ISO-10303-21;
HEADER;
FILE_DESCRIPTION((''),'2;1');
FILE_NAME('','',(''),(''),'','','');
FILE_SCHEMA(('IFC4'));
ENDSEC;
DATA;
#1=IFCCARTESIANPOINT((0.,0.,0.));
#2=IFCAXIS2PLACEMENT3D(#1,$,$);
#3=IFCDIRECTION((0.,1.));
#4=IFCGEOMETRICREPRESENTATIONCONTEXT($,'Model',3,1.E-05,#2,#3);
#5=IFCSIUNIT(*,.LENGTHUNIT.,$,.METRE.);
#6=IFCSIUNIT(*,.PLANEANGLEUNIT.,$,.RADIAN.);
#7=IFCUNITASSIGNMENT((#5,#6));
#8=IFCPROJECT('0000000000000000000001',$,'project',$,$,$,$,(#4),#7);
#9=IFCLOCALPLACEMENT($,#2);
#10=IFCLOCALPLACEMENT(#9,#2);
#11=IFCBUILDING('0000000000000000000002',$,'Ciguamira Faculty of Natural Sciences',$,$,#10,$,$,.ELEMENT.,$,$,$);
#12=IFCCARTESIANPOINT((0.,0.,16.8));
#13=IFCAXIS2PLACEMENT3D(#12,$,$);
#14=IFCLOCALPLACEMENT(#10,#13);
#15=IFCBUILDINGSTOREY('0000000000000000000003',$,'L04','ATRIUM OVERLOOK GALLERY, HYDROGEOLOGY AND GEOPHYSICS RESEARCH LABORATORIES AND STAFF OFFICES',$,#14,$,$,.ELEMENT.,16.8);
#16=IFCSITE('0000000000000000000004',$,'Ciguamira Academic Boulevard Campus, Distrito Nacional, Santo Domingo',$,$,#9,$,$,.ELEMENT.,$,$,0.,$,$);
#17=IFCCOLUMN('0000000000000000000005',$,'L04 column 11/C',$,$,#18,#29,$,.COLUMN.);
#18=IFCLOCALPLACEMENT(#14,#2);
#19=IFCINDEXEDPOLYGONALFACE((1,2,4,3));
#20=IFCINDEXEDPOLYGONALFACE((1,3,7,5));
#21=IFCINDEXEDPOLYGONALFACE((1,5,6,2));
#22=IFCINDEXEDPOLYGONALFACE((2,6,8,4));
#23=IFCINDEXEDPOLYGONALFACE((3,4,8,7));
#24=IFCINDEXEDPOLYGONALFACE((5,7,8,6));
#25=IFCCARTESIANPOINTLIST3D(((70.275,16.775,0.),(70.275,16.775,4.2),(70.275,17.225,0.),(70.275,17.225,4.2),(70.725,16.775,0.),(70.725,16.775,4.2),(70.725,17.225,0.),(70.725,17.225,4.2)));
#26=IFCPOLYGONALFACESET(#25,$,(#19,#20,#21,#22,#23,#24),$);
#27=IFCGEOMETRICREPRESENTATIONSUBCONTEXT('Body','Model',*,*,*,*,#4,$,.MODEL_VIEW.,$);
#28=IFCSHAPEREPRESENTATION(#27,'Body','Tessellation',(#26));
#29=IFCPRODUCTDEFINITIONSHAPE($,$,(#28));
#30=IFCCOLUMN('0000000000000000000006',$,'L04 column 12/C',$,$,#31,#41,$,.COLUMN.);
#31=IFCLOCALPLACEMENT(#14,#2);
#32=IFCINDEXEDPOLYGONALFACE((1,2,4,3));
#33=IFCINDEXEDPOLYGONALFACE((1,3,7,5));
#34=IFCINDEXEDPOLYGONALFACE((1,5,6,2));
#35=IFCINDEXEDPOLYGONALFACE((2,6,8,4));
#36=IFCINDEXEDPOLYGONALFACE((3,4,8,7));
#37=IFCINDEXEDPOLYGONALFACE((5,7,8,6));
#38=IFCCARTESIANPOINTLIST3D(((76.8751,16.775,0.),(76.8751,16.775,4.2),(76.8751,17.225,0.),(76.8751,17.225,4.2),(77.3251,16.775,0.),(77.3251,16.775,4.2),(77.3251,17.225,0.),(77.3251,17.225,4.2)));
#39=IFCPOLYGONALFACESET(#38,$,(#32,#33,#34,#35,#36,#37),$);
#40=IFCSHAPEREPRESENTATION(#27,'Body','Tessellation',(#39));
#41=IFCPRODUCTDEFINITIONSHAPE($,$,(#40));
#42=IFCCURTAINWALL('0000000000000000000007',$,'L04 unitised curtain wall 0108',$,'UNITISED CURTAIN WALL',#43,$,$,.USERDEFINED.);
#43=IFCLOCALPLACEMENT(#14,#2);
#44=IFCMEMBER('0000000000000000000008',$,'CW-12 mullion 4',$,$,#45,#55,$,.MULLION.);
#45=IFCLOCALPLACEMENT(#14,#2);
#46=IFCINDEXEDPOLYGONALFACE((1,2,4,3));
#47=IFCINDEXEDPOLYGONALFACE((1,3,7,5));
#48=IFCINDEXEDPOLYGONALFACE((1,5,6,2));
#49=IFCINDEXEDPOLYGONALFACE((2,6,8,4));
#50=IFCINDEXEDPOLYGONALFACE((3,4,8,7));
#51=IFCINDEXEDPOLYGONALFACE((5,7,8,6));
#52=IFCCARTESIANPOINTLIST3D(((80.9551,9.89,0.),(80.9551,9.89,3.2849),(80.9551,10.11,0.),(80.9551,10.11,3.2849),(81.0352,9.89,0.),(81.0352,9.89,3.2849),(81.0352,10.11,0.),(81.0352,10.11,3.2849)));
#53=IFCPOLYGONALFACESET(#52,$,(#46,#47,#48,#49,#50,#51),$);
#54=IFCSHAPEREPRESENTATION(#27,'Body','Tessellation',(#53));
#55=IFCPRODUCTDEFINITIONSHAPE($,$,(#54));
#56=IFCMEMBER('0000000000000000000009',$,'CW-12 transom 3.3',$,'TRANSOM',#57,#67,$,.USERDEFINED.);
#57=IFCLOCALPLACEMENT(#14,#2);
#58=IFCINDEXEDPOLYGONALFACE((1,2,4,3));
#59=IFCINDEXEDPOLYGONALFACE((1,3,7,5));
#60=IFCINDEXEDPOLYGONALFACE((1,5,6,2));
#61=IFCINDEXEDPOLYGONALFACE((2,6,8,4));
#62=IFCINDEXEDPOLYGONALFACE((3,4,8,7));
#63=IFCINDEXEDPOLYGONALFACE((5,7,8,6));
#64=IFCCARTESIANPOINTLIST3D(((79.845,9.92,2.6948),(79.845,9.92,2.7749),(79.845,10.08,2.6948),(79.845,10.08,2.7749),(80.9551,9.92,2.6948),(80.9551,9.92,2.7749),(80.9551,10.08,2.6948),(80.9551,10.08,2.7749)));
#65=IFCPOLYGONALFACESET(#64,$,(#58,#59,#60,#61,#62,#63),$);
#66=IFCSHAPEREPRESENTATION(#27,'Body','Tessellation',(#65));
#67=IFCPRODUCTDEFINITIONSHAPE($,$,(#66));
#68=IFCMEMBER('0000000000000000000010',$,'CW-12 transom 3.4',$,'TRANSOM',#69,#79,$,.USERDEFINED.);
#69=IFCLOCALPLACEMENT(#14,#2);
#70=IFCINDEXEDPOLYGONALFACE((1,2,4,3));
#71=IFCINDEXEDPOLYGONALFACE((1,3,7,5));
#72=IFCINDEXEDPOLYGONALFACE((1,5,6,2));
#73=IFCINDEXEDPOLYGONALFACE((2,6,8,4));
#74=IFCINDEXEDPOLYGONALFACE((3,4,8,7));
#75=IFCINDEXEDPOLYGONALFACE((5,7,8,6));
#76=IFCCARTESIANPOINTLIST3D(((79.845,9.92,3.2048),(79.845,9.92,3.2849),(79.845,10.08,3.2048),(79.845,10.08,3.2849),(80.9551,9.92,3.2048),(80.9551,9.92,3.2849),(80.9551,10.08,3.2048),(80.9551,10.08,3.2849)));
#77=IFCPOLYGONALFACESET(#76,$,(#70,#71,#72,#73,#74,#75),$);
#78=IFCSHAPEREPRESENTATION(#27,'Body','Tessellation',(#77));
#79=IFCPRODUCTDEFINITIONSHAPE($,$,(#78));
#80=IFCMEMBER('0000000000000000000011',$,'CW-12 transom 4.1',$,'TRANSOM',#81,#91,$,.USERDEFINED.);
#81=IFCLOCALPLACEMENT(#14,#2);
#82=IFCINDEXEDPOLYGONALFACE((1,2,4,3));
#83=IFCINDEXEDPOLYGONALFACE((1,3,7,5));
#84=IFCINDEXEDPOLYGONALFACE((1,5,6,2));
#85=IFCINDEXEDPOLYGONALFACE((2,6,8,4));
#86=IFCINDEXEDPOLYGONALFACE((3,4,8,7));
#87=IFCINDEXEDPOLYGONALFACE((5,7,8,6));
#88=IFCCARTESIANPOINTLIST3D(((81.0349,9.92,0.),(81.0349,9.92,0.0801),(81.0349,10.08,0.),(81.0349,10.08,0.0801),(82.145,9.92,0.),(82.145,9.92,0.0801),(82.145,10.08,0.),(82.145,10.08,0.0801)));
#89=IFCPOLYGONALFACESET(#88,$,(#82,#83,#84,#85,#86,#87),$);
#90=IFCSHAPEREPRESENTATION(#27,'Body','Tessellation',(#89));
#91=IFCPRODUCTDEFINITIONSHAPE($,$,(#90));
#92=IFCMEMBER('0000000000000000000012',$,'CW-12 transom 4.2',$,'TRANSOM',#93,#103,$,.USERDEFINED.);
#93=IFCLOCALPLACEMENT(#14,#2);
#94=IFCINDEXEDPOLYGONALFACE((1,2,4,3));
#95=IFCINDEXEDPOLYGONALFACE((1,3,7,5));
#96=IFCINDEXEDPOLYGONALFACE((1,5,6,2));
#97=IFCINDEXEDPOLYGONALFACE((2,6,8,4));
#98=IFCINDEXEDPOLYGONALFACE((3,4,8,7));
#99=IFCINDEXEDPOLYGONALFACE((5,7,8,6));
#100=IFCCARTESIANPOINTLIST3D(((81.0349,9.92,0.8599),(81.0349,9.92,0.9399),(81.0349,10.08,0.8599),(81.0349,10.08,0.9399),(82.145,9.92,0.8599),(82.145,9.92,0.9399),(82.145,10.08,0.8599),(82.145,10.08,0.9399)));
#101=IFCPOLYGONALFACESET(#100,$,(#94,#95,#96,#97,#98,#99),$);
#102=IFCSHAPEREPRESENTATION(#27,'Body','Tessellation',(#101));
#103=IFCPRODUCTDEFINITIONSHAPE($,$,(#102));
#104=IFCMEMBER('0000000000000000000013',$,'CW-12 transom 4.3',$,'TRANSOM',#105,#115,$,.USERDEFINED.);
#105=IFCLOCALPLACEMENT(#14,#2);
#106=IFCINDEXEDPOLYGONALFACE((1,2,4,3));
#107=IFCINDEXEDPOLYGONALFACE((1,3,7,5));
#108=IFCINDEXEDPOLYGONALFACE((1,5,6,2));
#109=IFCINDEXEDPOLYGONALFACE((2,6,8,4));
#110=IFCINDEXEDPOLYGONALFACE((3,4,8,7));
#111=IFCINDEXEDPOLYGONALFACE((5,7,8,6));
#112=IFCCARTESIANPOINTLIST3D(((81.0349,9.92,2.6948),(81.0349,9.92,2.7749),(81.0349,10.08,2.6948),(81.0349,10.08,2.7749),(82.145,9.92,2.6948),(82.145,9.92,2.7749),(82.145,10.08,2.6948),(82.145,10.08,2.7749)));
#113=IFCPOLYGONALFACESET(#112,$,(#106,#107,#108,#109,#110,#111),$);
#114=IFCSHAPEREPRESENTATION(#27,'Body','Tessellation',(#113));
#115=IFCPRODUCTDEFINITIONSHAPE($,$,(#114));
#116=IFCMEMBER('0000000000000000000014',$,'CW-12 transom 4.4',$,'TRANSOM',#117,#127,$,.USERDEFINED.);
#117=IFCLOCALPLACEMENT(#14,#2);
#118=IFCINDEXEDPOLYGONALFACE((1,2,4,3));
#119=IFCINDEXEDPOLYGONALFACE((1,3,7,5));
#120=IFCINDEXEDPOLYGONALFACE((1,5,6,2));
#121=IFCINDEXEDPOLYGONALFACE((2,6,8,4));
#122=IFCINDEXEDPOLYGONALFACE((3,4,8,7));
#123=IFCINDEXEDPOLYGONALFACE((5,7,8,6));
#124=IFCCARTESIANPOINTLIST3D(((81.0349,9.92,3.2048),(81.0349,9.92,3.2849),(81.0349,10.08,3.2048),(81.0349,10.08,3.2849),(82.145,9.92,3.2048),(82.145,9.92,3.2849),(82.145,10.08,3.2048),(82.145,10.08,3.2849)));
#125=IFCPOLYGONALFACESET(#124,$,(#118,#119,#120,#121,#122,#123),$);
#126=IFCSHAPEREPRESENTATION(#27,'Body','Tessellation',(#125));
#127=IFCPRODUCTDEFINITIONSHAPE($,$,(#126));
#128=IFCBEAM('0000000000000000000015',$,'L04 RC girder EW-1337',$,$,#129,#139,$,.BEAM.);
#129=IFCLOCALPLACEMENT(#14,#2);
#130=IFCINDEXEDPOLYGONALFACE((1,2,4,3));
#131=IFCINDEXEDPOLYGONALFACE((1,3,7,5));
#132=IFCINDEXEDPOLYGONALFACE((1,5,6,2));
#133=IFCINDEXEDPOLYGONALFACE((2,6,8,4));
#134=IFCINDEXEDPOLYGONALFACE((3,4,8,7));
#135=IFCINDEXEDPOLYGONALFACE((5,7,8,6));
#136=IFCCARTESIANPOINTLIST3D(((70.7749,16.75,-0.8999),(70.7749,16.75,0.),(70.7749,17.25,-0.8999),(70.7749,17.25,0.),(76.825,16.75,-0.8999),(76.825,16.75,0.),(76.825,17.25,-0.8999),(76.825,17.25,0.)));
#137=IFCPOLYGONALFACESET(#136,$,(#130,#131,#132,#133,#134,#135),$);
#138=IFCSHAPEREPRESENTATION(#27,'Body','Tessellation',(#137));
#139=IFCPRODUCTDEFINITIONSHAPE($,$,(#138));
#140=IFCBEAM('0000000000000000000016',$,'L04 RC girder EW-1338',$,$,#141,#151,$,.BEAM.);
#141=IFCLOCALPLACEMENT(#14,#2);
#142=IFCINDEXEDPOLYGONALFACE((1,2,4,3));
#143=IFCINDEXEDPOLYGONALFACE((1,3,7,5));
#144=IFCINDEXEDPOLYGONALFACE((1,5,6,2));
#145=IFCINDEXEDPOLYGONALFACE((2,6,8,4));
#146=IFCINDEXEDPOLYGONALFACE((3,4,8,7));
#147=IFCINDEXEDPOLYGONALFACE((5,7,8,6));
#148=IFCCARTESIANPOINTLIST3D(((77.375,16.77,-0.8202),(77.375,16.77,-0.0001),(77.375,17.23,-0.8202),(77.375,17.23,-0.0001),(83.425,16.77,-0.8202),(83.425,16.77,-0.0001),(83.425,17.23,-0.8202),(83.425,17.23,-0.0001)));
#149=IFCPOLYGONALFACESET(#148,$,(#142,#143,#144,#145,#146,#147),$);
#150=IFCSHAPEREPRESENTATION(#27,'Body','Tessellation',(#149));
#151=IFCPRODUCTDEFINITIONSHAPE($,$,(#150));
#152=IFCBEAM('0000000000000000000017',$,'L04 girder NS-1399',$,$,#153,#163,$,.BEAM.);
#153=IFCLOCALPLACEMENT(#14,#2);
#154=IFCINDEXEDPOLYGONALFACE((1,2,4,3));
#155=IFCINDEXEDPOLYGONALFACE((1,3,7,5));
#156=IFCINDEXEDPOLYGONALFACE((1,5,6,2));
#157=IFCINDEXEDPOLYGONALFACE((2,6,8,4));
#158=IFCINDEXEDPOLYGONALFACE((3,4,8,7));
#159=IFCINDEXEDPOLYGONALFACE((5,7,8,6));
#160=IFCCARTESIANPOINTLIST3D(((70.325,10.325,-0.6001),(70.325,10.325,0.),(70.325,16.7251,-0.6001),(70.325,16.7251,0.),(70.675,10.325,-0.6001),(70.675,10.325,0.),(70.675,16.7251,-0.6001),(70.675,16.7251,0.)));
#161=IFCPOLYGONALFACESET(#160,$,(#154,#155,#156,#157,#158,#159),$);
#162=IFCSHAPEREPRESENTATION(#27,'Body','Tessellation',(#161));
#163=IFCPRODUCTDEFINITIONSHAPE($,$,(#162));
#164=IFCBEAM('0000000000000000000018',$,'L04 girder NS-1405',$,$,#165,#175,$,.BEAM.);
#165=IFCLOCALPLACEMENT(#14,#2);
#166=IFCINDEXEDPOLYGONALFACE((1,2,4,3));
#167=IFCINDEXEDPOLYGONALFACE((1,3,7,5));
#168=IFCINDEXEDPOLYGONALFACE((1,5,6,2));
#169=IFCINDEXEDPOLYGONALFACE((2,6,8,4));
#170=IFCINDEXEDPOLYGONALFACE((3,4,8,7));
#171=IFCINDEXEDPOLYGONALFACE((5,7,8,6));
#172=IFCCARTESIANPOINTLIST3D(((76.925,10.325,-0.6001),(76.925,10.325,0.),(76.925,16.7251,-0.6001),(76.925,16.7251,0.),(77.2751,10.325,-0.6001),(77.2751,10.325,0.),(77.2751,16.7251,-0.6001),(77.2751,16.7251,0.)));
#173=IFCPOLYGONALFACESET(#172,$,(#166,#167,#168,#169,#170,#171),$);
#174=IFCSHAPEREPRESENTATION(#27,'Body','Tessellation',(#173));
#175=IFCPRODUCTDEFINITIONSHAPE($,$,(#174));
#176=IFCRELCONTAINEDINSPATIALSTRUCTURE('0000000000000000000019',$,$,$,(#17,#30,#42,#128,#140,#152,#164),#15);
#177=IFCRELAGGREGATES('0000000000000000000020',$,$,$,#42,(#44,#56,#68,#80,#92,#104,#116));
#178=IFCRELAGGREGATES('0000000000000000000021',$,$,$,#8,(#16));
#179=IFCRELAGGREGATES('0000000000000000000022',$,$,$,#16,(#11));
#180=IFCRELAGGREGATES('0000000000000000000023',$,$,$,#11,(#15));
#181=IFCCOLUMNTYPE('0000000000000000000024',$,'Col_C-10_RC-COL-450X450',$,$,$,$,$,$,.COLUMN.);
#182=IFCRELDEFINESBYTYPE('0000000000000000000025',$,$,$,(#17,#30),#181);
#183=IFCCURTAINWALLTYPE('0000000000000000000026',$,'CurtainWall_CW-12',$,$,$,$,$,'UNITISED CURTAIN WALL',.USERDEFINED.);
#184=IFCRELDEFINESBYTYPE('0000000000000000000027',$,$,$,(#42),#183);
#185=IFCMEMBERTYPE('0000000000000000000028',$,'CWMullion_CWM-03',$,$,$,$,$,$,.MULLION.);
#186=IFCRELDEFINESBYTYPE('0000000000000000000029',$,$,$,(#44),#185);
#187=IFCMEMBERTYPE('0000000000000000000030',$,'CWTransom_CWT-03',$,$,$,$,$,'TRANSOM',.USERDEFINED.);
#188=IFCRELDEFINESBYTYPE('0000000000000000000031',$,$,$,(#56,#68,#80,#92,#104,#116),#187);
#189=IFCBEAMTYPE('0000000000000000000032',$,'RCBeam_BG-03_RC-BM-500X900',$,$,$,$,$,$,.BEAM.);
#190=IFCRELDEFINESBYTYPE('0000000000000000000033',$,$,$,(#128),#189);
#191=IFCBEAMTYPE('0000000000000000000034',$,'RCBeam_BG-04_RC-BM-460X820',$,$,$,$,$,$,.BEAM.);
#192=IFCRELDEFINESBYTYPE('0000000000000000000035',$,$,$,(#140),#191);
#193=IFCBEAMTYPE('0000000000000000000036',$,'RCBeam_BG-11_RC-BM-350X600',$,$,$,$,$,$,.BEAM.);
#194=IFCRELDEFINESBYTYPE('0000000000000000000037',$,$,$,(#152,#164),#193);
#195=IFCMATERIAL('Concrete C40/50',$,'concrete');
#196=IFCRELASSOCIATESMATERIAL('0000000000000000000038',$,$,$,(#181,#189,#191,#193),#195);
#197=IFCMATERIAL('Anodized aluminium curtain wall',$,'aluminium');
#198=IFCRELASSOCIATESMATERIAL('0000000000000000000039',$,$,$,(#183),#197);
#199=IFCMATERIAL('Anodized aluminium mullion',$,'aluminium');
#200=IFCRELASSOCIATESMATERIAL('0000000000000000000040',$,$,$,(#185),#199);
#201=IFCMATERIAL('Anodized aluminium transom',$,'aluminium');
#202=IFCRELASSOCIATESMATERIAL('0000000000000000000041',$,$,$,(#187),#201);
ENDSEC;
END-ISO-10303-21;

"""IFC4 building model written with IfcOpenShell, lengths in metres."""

from ifc_helpers import new_model, si_unit, direction, frame, origin, origin_2d, place, context, subcontext, project, spatial, rectangle, extrude, material, material_profile, profile_set, type_object, element, aggregate, save


model = new_model("IFC4")

# Units and contexts
model_context = context("Model", 3, precision=1e-05, world=origin(), true_north=direction((0.0, 1.0)))
body_context = subcontext(model_context, "Body", "Model", "MODEL_VIEW")
ifc_project = project(units=[si_unit("LENGTHUNIT", "METRE"), si_unit("PLANEANGLEUNIT", "RADIAN")], contexts=[model_context])

# Site, building, storey
site_placement = place(None, origin())
site = spatial("IfcSite", under=ifc_project, at=site_placement, Name="Ciguamira Academic Boulevard Campus, Distrito Nacional, Santo Domingo", CompositionType="ELEMENT", RefElevation=0.0)
building_placement = place(site_placement, origin())
building = spatial("IfcBuilding", under=site, at=building_placement, Name="Ciguamira Faculty of Natural Sciences", CompositionType="ELEMENT")
storey_placement = place(building_placement, frame((0.0, 0.0, 16.8)))
storey = spatial("IfcBuildingStorey", under=building, at=storey_placement, Name="L04", Description="ATRIUM OVERLOOK GALLERY, HYDROGEOLOGY AND GEOPHYSICS RESEARCH LABORATORIES AND STAFF OFFICES", CompositionType="ELEMENT", Elevation=16.8)

# Columns
ifc_material_1 = material(Name="Concrete C40/50", Category="concrete")
ifc_material_profile_1 = material_profile(ifc_material_1, rectangle(XDim=0.45, YDim=0.45, at=origin_2d()), Name="RC-COL-450X450")
ifc_profile_set_1 = profile_set([ifc_material_profile_1], Name="Concrete C40/50")
column_type = type_object("IfcColumnType", Name="Col_C-10_RC-COL-450X450", PredefinedType="COLUMN", material=ifc_profile_set_1)
for number, where, z_axis, x_axis, name in (
    (1, (70.5, 17.0, 0.0), (0.0, 0.0, 1.0), (1.0, 0.0, 0.0), "L04 column 11/C"),
    (2, (77.1001, 17.0, 0.0), (0.0, 0.0, 1.0), (1.0, 0.0, 0.0), "L04 column 12/C"),
):
    element("IfcColumn", number, at=place(storey_placement, frame(where, z_axis=z_axis, x_axis=x_axis)), inside=storey, type_object=column_type, Name=name, PredefinedType="COLUMN", context=body_context, shape_type="SweptSolid", body=[
        extrude(rectangle(XDim=0.45, YDim=0.45, at=origin_2d()), origin(), (0.0, 0.0, 1.0), 4.2),
    ])

# Curtain wall, members
ifc_material_2 = material(Name="Anodized aluminium curtain wall", Category="aluminium")
curtain_wall_type = type_object("IfcCurtainWallType", Name="CurtainWall_CW-12", ElementType="UNITISED CURTAIN WALL", PredefinedType="USERDEFINED", material=ifc_material_2)
curtain_wall_placement = place(storey_placement, origin())
curtain_wall = element("IfcCurtainWall", 3, at=curtain_wall_placement, inside=storey, type_object=curtain_wall_type, Name="L04 unitised curtain wall 0108", ObjectType="UNITISED CURTAIN WALL", PredefinedType="USERDEFINED")
ifc_material_3 = material(Name="Anodized aluminium mullion", Category="aluminium")
ifc_material_profile_2 = material_profile(ifc_material_3, rectangle(XDim=0.0801, YDim=0.22, at=origin_2d()), Name="ALU-MUL-80X220")
ifc_profile_set_2 = profile_set([ifc_material_profile_2], Name="Anodized aluminium mullion")
member_type_1 = type_object("IfcMemberType", Name="CWMullion_CWM-03", PredefinedType="MULLION", material=ifc_profile_set_2)
member_1_placement = place(storey_placement, frame((80.9951, 10.0, 0.0), z_axis=(0.0, 0.0, 1.0), x_axis=(1.0, 0.0, 0.0)))
member_1 = element("IfcMember", 4, at=member_1_placement, type_object=member_type_1, Name="CW-12 mullion 4", PredefinedType="MULLION", context=body_context, shape_type="SweptSolid", body=[
    extrude(rectangle(XDim=0.0801, YDim=0.22, at=origin_2d()), origin(), (0.0, 0.0, 1.0), 3.2849),
])
ifc_material_4 = material(Name="Anodized aluminium transom", Category="aluminium")
ifc_material_profile_3 = material_profile(ifc_material_4, rectangle(XDim=0.0801, YDim=0.1599, at=origin_2d()), Name="ALU-TRN-80X160")
ifc_profile_set_3 = profile_set([ifc_material_profile_3], Name="Anodized aluminium transom")
member_type_2 = type_object("IfcMemberType", Name="CWTransom_CWT-03", ElementType="TRANSOM", PredefinedType="USERDEFINED", material=ifc_profile_set_3)
member_2_placement = place(storey_placement, frame((79.845, 10.0, 2.7349), z_axis=(1.0, 0.0, 0.0), x_axis=(0.0, 0.0, 1.0)))
member_2 = element("IfcMember", 5, at=member_2_placement, type_object=member_type_2, Name="CW-12 transom 3.3", ObjectType="TRANSOM", PredefinedType="USERDEFINED", context=body_context, shape_type="SweptSolid", body=[
    extrude(rectangle(XDim=0.0801, YDim=0.1599, at=origin_2d()), origin(), (0.0, 0.0, 1.0), 1.1101),
])
member_3_placement = place(storey_placement, frame((79.845, 10.0, 3.2449), z_axis=(1.0, 0.0, 0.0), x_axis=(0.0, 0.0, 1.0)))
member_3 = element("IfcMember", 6, at=member_3_placement, type_object=member_type_2, Name="CW-12 transom 3.4", ObjectType="TRANSOM", PredefinedType="USERDEFINED", context=body_context, shape_type="SweptSolid", body=[
    extrude(rectangle(XDim=0.0801, YDim=0.1599, at=origin_2d()), origin(), (0.0, 0.0, 1.0), 1.1101),
])
member_4_placement = place(storey_placement, frame((81.0349, 10.0, 0.04), z_axis=(1.0, 0.0, 0.0), x_axis=(0.0, 0.0, 1.0)))
member_4 = element("IfcMember", 7, at=member_4_placement, type_object=member_type_2, Name="CW-12 transom 4.1", ObjectType="TRANSOM", PredefinedType="USERDEFINED", context=body_context, shape_type="SweptSolid", body=[
    extrude(rectangle(XDim=0.0801, YDim=0.1599, at=origin_2d()), origin(), (0.0, 0.0, 1.0), 1.1101),
])
member_5_placement = place(storey_placement, frame((81.0349, 10.0, 0.8999), z_axis=(1.0, 0.0, 0.0), x_axis=(0.0, 0.0, 1.0)))
member_5 = element("IfcMember", 8, at=member_5_placement, type_object=member_type_2, Name="CW-12 transom 4.2", ObjectType="TRANSOM", PredefinedType="USERDEFINED", context=body_context, shape_type="SweptSolid", body=[
    extrude(rectangle(XDim=0.0801, YDim=0.1599, at=origin_2d()), origin(), (0.0, 0.0, 1.0), 1.1101),
])
member_6_placement = place(storey_placement, frame((81.0349, 10.0, 2.7349), z_axis=(1.0, 0.0, 0.0), x_axis=(0.0, 0.0, 1.0)))
member_6 = element("IfcMember", 9, at=member_6_placement, type_object=member_type_2, Name="CW-12 transom 4.3", ObjectType="TRANSOM", PredefinedType="USERDEFINED", context=body_context, shape_type="SweptSolid", body=[
    extrude(rectangle(XDim=0.0801, YDim=0.1599, at=origin_2d()), origin(), (0.0, 0.0, 1.0), 1.1101),
])
member_7_placement = place(storey_placement, frame((81.0349, 10.0, 3.2449), z_axis=(1.0, 0.0, 0.0), x_axis=(0.0, 0.0, 1.0)))
member_7 = element("IfcMember", 10, at=member_7_placement, type_object=member_type_2, Name="CW-12 transom 4.4", ObjectType="TRANSOM", PredefinedType="USERDEFINED", context=body_context, shape_type="SweptSolid", body=[
    extrude(rectangle(XDim=0.0801, YDim=0.1599, at=origin_2d()), origin(), (0.0, 0.0, 1.0), 1.1101),
])

# Beams
ifc_material_profile_4 = material_profile(ifc_material_1, rectangle(XDim=0.5, YDim=0.8999, at=origin_2d()), Name="RC-BM-500X900")
ifc_profile_set_4 = profile_set([ifc_material_profile_4], Name="Concrete C40/50")
beam_type_1 = type_object("IfcBeamType", Name="RCBeam_BG-03_RC-BM-500X900", PredefinedType="BEAM", material=ifc_profile_set_4)
beam_1_placement = place(storey_placement, frame((70.7749, 17.0, -0.45), z_axis=(1.0, 0.0, 0.0), x_axis=(0.0, 1.0, 0.0)))
element("IfcBeam", 11, at=beam_1_placement, inside=storey, type_object=beam_type_1, Name="L04 RC girder EW-1337", PredefinedType="BEAM", context=body_context, shape_type="SweptSolid", body=[
    extrude(rectangle(XDim=0.5, YDim=0.8999, at=origin_2d()), origin(), (0.0, 0.0, 1.0), 6.05),
])
ifc_material_profile_5 = material_profile(ifc_material_1, rectangle(XDim=0.46, YDim=0.8201, at=origin_2d()), Name="RC-BM-460X820")
ifc_profile_set_5 = profile_set([ifc_material_profile_5], Name="Concrete C40/50")
beam_type_2 = type_object("IfcBeamType", Name="RCBeam_BG-04_RC-BM-460X820", PredefinedType="BEAM", material=ifc_profile_set_5)
beam_2_placement = place(storey_placement, frame((77.375, 17.0, -0.4102), z_axis=(1.0, 0.0, 0.0), x_axis=(0.0, 1.0, 0.0)))
element("IfcBeam", 12, at=beam_2_placement, inside=storey, type_object=beam_type_2, Name="L04 RC girder EW-1338", PredefinedType="BEAM", context=body_context, shape_type="SweptSolid", body=[
    extrude(rectangle(XDim=0.46, YDim=0.8201, at=origin_2d()), origin(), (0.0, 0.0, 1.0), 6.05),
])
ifc_material_profile_6 = material_profile(ifc_material_1, rectangle(XDim=0.3501, YDim=0.6001, at=origin_2d()), Name="RC-BM-350X600")
ifc_profile_set_6 = profile_set([ifc_material_profile_6], Name="Concrete C40/50")
beam_type_3 = type_object("IfcBeamType", Name="RCBeam_BG-11_RC-BM-350X600", PredefinedType="BEAM", material=ifc_profile_set_6)
for number, where, z_axis, x_axis, name in (
    (13, (70.5, 10.325, -0.3), (0.0, 1.0, 0.0), (-1.0, 0.0, 0.0), "L04 girder NS-1399"),
    (14, (77.1001, 10.325, -0.3), (0.0, 1.0, 0.0), (-1.0, 0.0, 0.0), "L04 girder NS-1405"),
):
    element("IfcBeam", number, at=place(storey_placement, frame(where, z_axis=z_axis, x_axis=x_axis)), inside=storey, type_object=beam_type_3, Name=name, PredefinedType="BEAM", context=body_context, shape_type="SweptSolid", body=[
        extrude(rectangle(XDim=0.3501, YDim=0.6001, at=origin_2d()), origin(), (0.0, 0.0, 1.0), 6.4001),
    ])

aggregate(curtain_wall, [member_1, member_2, member_3, member_4, member_5, member_6, member_7])

save(model, "model.ifc")
